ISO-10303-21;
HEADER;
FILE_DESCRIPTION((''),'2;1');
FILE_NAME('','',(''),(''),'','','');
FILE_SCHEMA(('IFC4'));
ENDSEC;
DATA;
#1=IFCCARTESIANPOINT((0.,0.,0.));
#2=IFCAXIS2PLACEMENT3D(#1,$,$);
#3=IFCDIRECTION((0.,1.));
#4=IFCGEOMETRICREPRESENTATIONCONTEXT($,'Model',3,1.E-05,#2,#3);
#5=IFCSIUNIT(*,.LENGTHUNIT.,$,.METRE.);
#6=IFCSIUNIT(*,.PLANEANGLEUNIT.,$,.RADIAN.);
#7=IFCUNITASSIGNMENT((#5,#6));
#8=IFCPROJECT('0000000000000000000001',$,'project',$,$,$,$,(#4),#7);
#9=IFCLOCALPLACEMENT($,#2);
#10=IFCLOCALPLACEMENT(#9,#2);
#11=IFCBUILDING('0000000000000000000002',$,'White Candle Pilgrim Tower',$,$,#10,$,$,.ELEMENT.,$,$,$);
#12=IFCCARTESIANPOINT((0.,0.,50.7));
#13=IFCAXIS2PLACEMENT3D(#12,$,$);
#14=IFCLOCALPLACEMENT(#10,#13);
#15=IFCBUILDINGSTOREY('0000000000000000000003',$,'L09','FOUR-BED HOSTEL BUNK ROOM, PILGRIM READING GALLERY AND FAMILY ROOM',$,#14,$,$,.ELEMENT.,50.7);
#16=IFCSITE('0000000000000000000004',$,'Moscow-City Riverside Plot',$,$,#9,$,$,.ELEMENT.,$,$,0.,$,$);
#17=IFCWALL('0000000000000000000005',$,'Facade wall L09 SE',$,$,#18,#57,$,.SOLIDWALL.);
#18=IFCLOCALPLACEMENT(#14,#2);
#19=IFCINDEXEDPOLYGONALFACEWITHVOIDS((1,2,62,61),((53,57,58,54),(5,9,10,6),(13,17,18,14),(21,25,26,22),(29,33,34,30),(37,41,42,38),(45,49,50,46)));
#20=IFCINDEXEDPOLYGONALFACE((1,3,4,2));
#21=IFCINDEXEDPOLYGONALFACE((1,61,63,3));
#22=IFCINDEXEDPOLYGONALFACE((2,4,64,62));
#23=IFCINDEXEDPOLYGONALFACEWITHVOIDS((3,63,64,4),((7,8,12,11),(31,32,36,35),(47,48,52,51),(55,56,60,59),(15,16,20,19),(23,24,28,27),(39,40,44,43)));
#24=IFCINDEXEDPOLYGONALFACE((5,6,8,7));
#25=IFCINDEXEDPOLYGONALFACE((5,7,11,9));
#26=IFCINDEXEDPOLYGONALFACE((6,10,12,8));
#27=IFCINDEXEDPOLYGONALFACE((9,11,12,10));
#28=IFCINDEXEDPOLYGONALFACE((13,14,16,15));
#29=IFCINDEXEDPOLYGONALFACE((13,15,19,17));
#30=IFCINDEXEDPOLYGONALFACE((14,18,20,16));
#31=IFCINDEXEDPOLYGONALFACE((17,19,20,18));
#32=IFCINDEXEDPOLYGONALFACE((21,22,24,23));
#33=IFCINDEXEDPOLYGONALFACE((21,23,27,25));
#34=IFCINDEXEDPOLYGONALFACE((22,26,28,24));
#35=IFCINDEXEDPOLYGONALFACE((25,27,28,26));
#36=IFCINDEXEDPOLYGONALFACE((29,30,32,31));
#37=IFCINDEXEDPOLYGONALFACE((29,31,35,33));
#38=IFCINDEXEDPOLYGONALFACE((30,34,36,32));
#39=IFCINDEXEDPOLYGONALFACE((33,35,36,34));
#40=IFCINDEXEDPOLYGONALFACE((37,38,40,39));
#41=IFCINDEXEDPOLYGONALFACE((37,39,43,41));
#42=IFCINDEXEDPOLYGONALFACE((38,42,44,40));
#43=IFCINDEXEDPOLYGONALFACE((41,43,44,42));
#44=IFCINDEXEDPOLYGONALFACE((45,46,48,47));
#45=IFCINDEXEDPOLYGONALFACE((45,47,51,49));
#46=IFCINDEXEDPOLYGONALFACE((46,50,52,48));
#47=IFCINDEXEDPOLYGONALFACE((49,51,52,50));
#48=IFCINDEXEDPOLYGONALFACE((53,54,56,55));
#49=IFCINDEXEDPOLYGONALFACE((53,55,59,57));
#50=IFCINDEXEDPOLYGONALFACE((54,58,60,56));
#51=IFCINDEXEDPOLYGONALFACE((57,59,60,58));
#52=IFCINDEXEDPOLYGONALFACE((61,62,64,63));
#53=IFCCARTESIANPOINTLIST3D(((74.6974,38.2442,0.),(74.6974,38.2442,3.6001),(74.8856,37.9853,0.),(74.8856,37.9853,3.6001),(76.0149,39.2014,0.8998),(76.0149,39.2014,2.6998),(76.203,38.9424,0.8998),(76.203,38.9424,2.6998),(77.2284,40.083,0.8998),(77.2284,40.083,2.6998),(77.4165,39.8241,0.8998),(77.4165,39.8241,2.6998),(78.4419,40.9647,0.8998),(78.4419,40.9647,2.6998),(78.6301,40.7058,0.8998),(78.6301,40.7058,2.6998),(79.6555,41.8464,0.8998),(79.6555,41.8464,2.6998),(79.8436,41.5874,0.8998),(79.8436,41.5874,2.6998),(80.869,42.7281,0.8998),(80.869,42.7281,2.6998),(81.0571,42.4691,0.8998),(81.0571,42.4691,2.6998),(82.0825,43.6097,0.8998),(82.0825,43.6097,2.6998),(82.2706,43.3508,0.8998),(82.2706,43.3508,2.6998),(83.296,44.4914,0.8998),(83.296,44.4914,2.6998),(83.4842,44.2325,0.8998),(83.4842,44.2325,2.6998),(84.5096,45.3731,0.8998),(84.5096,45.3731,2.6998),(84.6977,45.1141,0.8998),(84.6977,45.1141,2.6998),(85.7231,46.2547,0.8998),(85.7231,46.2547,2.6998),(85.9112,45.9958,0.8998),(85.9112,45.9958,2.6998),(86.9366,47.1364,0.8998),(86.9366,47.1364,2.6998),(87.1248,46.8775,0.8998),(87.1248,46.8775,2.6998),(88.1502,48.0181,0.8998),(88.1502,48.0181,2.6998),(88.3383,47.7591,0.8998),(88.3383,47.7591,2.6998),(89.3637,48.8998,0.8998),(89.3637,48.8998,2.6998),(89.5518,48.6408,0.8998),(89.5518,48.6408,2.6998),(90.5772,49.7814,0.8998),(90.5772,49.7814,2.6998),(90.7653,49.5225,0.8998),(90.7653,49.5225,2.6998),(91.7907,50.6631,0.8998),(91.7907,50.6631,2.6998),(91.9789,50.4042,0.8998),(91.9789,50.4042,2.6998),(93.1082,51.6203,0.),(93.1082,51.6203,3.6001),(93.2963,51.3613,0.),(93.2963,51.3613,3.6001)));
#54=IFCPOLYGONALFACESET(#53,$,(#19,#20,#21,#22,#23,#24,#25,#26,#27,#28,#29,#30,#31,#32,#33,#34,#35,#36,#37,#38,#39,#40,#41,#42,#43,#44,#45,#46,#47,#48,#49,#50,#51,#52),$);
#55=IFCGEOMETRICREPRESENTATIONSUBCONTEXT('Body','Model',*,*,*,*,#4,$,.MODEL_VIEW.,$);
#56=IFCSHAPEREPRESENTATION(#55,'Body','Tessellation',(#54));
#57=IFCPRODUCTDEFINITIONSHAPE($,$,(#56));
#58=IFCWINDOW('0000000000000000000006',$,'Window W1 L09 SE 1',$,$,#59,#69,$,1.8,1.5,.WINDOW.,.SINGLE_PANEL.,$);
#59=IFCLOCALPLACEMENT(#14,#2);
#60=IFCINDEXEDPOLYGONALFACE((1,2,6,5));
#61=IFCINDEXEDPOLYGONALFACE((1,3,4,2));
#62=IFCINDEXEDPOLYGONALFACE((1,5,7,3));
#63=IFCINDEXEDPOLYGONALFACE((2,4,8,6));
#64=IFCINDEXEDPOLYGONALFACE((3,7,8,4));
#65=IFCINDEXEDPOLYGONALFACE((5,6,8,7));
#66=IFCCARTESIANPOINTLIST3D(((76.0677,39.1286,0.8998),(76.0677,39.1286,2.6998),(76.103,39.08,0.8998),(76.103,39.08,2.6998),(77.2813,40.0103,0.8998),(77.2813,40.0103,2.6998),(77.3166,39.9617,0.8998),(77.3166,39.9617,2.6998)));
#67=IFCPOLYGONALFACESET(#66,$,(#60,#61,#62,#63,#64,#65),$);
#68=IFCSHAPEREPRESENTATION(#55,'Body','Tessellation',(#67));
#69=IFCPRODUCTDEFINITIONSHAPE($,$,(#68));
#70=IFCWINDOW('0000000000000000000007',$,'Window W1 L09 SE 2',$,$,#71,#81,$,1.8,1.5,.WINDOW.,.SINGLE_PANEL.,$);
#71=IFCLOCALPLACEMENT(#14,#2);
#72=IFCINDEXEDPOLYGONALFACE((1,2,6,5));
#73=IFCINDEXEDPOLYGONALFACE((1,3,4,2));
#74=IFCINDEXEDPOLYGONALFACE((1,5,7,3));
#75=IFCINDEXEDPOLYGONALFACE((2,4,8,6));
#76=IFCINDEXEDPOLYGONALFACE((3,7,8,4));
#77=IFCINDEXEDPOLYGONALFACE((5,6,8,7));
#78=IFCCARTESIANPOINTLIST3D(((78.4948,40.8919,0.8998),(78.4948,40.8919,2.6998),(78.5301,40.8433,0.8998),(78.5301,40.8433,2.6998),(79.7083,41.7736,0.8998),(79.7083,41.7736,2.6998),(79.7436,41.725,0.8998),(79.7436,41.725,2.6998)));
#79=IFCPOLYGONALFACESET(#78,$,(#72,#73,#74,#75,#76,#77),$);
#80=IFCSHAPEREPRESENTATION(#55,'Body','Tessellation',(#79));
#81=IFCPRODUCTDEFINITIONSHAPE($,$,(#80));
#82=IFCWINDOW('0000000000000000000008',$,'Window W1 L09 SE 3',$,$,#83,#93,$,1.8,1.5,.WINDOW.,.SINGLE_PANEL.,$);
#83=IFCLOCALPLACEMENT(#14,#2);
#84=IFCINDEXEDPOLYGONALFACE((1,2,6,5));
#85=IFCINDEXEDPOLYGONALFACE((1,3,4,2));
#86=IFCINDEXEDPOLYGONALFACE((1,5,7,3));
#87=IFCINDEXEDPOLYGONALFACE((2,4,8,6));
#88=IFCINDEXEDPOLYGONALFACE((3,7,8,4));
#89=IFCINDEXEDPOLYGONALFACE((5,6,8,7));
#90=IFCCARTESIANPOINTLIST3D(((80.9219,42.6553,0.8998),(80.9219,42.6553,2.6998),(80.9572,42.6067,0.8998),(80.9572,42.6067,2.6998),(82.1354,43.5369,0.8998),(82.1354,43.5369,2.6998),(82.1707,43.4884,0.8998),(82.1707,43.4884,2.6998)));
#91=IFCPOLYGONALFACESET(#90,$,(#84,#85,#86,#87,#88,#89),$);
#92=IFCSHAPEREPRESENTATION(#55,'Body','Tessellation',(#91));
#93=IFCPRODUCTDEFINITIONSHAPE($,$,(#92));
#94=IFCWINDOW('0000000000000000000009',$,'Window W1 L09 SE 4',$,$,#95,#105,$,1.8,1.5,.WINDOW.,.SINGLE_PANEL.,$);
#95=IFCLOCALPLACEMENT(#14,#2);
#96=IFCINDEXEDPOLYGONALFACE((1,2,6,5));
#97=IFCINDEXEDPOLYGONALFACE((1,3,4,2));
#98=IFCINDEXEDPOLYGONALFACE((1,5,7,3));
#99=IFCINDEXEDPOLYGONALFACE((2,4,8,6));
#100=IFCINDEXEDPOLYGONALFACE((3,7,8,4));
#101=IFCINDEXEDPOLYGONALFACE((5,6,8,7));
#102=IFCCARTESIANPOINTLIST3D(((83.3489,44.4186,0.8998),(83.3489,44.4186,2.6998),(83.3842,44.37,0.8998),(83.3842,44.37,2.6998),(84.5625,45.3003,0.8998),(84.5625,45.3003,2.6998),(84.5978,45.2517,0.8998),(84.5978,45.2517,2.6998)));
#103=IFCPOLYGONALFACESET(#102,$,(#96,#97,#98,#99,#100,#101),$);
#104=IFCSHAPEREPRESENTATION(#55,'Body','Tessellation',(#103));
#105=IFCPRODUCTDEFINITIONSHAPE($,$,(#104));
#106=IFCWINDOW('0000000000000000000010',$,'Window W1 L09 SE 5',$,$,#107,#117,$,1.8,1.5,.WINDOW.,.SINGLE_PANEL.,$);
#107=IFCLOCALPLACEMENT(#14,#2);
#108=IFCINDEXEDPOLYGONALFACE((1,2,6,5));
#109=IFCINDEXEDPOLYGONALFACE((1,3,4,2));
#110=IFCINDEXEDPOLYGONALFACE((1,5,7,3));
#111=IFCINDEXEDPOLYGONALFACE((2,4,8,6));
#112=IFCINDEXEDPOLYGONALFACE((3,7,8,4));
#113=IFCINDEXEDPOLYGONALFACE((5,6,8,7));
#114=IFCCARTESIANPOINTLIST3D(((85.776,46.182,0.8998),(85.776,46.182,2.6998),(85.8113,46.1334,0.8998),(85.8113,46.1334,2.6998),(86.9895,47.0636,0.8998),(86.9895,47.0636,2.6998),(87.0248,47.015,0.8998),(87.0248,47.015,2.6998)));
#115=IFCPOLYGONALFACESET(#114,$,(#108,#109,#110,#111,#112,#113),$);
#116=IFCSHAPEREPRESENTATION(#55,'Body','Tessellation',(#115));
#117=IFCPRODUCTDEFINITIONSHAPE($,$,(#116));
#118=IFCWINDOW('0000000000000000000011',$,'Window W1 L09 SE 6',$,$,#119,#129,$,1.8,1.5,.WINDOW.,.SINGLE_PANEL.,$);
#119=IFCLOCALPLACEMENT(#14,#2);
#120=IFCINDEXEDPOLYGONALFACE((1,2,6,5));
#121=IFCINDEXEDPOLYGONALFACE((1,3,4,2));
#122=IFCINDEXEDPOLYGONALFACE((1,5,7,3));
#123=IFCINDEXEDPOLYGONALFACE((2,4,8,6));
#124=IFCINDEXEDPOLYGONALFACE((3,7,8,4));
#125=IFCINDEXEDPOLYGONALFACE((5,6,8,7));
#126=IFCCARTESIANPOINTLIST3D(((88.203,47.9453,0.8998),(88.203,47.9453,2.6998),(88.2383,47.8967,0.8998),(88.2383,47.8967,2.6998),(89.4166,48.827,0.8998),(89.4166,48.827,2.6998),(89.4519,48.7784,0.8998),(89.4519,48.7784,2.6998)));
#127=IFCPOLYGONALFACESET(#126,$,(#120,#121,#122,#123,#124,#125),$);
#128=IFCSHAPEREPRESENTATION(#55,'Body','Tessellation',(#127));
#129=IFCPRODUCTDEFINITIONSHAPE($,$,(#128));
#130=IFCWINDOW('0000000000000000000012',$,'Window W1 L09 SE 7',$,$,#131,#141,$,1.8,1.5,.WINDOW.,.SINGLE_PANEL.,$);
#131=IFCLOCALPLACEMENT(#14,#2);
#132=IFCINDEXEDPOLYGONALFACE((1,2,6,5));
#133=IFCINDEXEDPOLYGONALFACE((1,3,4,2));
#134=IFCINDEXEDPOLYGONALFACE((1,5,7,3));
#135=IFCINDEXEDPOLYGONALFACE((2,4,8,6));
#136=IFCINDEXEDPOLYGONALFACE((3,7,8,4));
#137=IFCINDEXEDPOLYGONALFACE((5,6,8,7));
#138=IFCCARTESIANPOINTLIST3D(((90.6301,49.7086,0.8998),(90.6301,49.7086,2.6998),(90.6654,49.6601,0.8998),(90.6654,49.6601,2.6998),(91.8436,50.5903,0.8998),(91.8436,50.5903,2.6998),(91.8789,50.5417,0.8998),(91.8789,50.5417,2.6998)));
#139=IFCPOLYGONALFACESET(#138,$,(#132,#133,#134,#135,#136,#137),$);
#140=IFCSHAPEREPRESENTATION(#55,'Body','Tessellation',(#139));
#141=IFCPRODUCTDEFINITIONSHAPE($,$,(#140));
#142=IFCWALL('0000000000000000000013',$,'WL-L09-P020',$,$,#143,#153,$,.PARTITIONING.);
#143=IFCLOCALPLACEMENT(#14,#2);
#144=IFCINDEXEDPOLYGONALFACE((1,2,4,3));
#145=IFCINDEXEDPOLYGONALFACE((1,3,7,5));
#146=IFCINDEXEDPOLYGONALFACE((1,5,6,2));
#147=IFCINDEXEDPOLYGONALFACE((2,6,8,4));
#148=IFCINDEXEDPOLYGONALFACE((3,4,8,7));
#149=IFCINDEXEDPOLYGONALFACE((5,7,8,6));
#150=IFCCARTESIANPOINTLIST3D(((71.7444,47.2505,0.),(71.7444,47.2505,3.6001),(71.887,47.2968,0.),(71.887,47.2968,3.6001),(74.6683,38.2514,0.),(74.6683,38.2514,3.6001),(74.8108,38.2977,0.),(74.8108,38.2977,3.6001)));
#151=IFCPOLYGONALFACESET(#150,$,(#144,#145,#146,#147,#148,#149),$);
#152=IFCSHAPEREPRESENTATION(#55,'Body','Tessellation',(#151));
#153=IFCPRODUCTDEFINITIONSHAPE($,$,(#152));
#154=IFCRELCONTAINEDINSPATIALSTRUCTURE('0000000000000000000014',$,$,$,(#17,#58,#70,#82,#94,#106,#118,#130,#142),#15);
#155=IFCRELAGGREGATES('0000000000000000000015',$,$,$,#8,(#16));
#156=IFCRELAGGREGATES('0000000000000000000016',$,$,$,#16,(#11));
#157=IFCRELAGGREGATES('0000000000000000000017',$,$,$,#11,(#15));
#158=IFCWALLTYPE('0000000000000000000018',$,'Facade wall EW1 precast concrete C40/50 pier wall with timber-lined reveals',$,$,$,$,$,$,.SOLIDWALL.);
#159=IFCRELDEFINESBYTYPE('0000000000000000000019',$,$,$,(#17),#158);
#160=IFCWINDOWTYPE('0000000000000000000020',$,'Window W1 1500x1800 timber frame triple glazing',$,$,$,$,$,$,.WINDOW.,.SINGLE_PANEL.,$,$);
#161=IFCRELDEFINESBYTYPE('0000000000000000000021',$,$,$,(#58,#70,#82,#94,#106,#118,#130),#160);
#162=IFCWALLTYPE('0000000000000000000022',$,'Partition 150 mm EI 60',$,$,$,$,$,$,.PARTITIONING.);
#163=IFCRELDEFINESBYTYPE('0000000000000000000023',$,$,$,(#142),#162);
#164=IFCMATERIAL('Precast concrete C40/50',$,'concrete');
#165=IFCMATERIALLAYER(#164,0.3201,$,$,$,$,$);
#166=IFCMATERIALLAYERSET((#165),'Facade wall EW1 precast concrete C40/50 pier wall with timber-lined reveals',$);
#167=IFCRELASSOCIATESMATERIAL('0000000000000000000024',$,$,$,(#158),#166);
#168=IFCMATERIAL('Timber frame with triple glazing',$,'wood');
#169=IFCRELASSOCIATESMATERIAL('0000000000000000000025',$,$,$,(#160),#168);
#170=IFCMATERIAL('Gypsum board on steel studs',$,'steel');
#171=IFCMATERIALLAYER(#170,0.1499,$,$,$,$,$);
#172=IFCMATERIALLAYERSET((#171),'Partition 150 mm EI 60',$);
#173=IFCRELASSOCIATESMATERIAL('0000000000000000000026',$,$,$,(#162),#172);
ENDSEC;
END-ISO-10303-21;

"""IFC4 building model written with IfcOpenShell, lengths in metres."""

from ifc_helpers import new_model, si_unit, direction, frame, frame_2d, origin, place, context, subcontext, project, spatial, rectangle, extrude, material, layer, layer_set, type_object, element, fill, save


model = new_model("IFC4")

# Units and contexts
model_context = context("Model", 3, precision=1e-05, world=origin(), true_north=direction((0.0, 1.0)))
body_context = subcontext(model_context, "Body", "Model", "MODEL_VIEW")
ifc_project = project(units=[si_unit("LENGTHUNIT", "METRE"), si_unit("PLANEANGLEUNIT", "RADIAN")], contexts=[model_context])

# Site, building, storey
site_placement = place(None, origin())
site = spatial("IfcSite", under=ifc_project, at=site_placement, Name="Moscow-City Riverside Plot", CompositionType="ELEMENT", RefElevation=0.0)
building_placement = place(site_placement, origin())
building = spatial("IfcBuilding", under=site, at=building_placement, Name="White Candle Pilgrim Tower", CompositionType="ELEMENT")
storey_placement = place(building_placement, frame((0.0, 0.0, 50.7)))
storey = spatial("IfcBuildingStorey", under=building, at=storey_placement, Name="L09", Description="FOUR-BED HOSTEL BUNK ROOM, PILGRIM READING GALLERY AND FAMILY ROOM", CompositionType="ELEMENT", Elevation=50.7)

# Wall, openings, windows
ifc_material_1 = material(Name="Precast concrete C40/50", Category="concrete")
ifc_layer_1 = layer(ifc_material_1, 0.3201)
ifc_layer_set_1 = layer_set([ifc_layer_1], Name="Facade wall EW1 precast concrete C40/50 pier wall with timber-lined reveals")
wall_type_1 = type_object("IfcWallType", Name="Facade wall EW1 precast concrete C40/50 pier wall with timber-lined reveals", PredefinedType="SOLIDWALL", material=ifc_layer_set_1)
wall_1_placement = place(storey_placement, frame((74.7915, 38.1147, 0.0), z_axis=(0.0, 0.0, 1.0), x_axis=(0.80902, 0.587781, 0.0)))
wall_1 = element("IfcWall", 1, at=wall_1_placement, inside=storey, type_object=wall_type_1, Name="Facade wall L09 SE", PredefinedType="SOLIDWALL", context=body_context, shape_type="SweptSolid", body=[
    extrude(rectangle(XDim=22.7568, YDim=0.3201, at=frame_2d((11.3784, 0.0))), origin(), (0.0, 0.0, 1.0), 3.6001),
])
opening_1_placement = place(wall_1_placement, frame((1.6284, 0.0, 0.8999)))
opening_1 = element("IfcOpeningElement", 2, at=opening_1_placement, cuts=wall_1, PredefinedType="OPENING", context=body_context, shape_type="SweptSolid", body=[
    extrude(rectangle(XDim=1.5, YDim=1.8, at=frame_2d((0.75, 0.8999))), frame((0.0, 0.1699, 0.0), z_axis=(0.0, -1.0, 0.0), x_axis=(1.0, 0.0, 0.0)), (0.0, 0.0, 1.0), 0.3401),
])
opening_2_placement = place(wall_1_placement, frame((4.6284, 0.0, 0.8999)))
opening_2 = element("IfcOpeningElement", 3, at=opening_2_placement, cuts=wall_1, PredefinedType="OPENING", context=body_context, shape_type="SweptSolid", body=[
    extrude(rectangle(XDim=1.5, YDim=1.8, at=frame_2d((0.75, 0.8999))), frame((0.0, 0.1699, 0.0), z_axis=(0.0, -1.0, 0.0), x_axis=(1.0, 0.0, 0.0)), (0.0, 0.0, 1.0), 0.3401),
])
opening_3_placement = place(wall_1_placement, frame((7.6284, 0.0, 0.8999)))
opening_3 = element("IfcOpeningElement", 4, at=opening_3_placement, cuts=wall_1, PredefinedType="OPENING", context=body_context, shape_type="SweptSolid", body=[
    extrude(rectangle(XDim=1.5, YDim=1.8, at=frame_2d((0.75, 0.8999))), frame((0.0, 0.1699, 0.0), z_axis=(0.0, -1.0, 0.0), x_axis=(1.0, 0.0, 0.0)), (0.0, 0.0, 1.0), 0.3401),
])
opening_4_placement = place(wall_1_placement, frame((10.6284, 0.0, 0.8999)))
opening_4 = element("IfcOpeningElement", 5, at=opening_4_placement, cuts=wall_1, PredefinedType="OPENING", context=body_context, shape_type="SweptSolid", body=[
    extrude(rectangle(XDim=1.5, YDim=1.8, at=frame_2d((0.75, 0.8999))), frame((0.0, 0.1699, 0.0), z_axis=(0.0, -1.0, 0.0), x_axis=(1.0, 0.0, 0.0)), (0.0, 0.0, 1.0), 0.3401),
])
opening_5_placement = place(wall_1_placement, frame((13.6284, 0.0, 0.8999)))
opening_5 = element("IfcOpeningElement", 6, at=opening_5_placement, cuts=wall_1, PredefinedType="OPENING", context=body_context, shape_type="SweptSolid", body=[
    extrude(rectangle(XDim=1.5, YDim=1.8, at=frame_2d((0.75, 0.8999))), frame((0.0, 0.1699, 0.0), z_axis=(0.0, -1.0, 0.0), x_axis=(1.0, 0.0, 0.0)), (0.0, 0.0, 1.0), 0.3401),
])
opening_6_placement = place(wall_1_placement, frame((16.6284, 0.0, 0.8999)))
opening_6 = element("IfcOpeningElement", 7, at=opening_6_placement, cuts=wall_1, PredefinedType="OPENING", context=body_context, shape_type="SweptSolid", body=[
    extrude(rectangle(XDim=1.5, YDim=1.8, at=frame_2d((0.75, 0.8999))), frame((0.0, 0.1699, 0.0), z_axis=(0.0, -1.0, 0.0), x_axis=(1.0, 0.0, 0.0)), (0.0, 0.0, 1.0), 0.3401),
])
opening_7_placement = place(wall_1_placement, frame((19.6284, 0.0, 0.8999)))
opening_7 = element("IfcOpeningElement", 8, at=opening_7_placement, cuts=wall_1, PredefinedType="OPENING", context=body_context, shape_type="SweptSolid", body=[
    extrude(rectangle(XDim=1.5, YDim=1.8, at=frame_2d((0.75, 0.8999))), frame((0.0, 0.1699, 0.0), z_axis=(0.0, -1.0, 0.0), x_axis=(1.0, 0.0, 0.0)), (0.0, 0.0, 1.0), 0.3401),
])
ifc_material_2 = material(Name="Timber frame with triple glazing", Category="wood")
window_type = type_object("IfcWindowType", Name="Window W1 1500x1800 timber frame triple glazing", PartitioningType="SINGLE_PANEL", PredefinedType="WINDOW", material=ifc_material_2)
window_1_placement = place(opening_1_placement, origin())
window_1 = element("IfcWindow", 9, at=window_1_placement, inside=storey, type_object=window_type, Name="Window W1 L09 SE 1", OverallHeight=1.8, OverallWidth=1.5, PartitioningType="SINGLE_PANEL", PredefinedType="WINDOW", context=body_context, shape_type="SweptSolid", body=[
    extrude(rectangle(XDim=1.5, YDim=1.8, at=frame_2d((0.75, 0.8999))), frame((0.0, 0.0701, 0.0), z_axis=(0.0, -1.0, 0.0), x_axis=(1.0, 0.0, 0.0)), (0.0, 0.0, 1.0), 0.0601),
])
fill(opening_1, window_1)
window_2_placement = place(opening_2_placement, origin())
window_2 = element("IfcWindow", 10, at=window_2_placement, inside=storey, type_object=window_type, Name="Window W1 L09 SE 2", OverallHeight=1.8, OverallWidth=1.5, PartitioningType="SINGLE_PANEL", PredefinedType="WINDOW", context=body_context, shape_type="SweptSolid", body=[
    extrude(rectangle(XDim=1.5, YDim=1.8, at=frame_2d((0.75, 0.8999))), frame((0.0, 0.0701, 0.0), z_axis=(0.0, -1.0, 0.0), x_axis=(1.0, 0.0, 0.0)), (0.0, 0.0, 1.0), 0.0601),
])
fill(opening_2, window_2)
window_3_placement = place(opening_3_placement, origin())
window_3 = element("IfcWindow", 11, at=window_3_placement, inside=storey, type_object=window_type, Name="Window W1 L09 SE 3", OverallHeight=1.8, OverallWidth=1.5, PartitioningType="SINGLE_PANEL", PredefinedType="WINDOW", context=body_context, shape_type="SweptSolid", body=[
    extrude(rectangle(XDim=1.5, YDim=1.8, at=frame_2d((0.75, 0.8999))), frame((0.0, 0.0701, 0.0), z_axis=(0.0, -1.0, 0.0), x_axis=(1.0, 0.0, 0.0)), (0.0, 0.0, 1.0), 0.0601),
])
fill(opening_3, window_3)
window_4_placement = place(opening_4_placement, origin())
window_4 = element("IfcWindow", 12, at=window_4_placement, inside=storey, type_object=window_type, Name="Window W1 L09 SE 4", OverallHeight=1.8, OverallWidth=1.5, PartitioningType="SINGLE_PANEL", PredefinedType="WINDOW", context=body_context, shape_type="SweptSolid", body=[
    extrude(rectangle(XDim=1.5, YDim=1.8, at=frame_2d((0.75, 0.8999))), frame((0.0, 0.0701, 0.0), z_axis=(0.0, -1.0, 0.0), x_axis=(1.0, 0.0, 0.0)), (0.0, 0.0, 1.0), 0.0601),
])
fill(opening_4, window_4)
window_5_placement = place(opening_5_placement, origin())
window_5 = element("IfcWindow", 13, at=window_5_placement, inside=storey, type_object=window_type, Name="Window W1 L09 SE 5", OverallHeight=1.8, OverallWidth=1.5, PartitioningType="SINGLE_PANEL", PredefinedType="WINDOW", context=body_context, shape_type="SweptSolid", body=[
    extrude(rectangle(XDim=1.5, YDim=1.8, at=frame_2d((0.75, 0.8999))), frame((0.0, 0.0701, 0.0), z_axis=(0.0, -1.0, 0.0), x_axis=(1.0, 0.0, 0.0)), (0.0, 0.0, 1.0), 0.0601),
])
fill(opening_5, window_5)
window_6_placement = place(opening_6_placement, origin())
window_6 = element("IfcWindow", 14, at=window_6_placement, inside=storey, type_object=window_type, Name="Window W1 L09 SE 6", OverallHeight=1.8, OverallWidth=1.5, PartitioningType="SINGLE_PANEL", PredefinedType="WINDOW", context=body_context, shape_type="SweptSolid", body=[
    extrude(rectangle(XDim=1.5, YDim=1.8, at=frame_2d((0.75, 0.8999))), frame((0.0, 0.0701, 0.0), z_axis=(0.0, -1.0, 0.0), x_axis=(1.0, 0.0, 0.0)), (0.0, 0.0, 1.0), 0.0601),
])
fill(opening_6, window_6)
window_7_placement = place(opening_7_placement, origin())
window_7 = element("IfcWindow", 15, at=window_7_placement, inside=storey, type_object=window_type, Name="Window W1 L09 SE 7", OverallHeight=1.8, OverallWidth=1.5, PartitioningType="SINGLE_PANEL", PredefinedType="WINDOW", context=body_context, shape_type="SweptSolid", body=[
    extrude(rectangle(XDim=1.5, YDim=1.8, at=frame_2d((0.75, 0.8999))), frame((0.0, 0.0701, 0.0), z_axis=(0.0, -1.0, 0.0), x_axis=(1.0, 0.0, 0.0)), (0.0, 0.0, 1.0), 0.0601),
])
fill(opening_7, window_7)

# Wall
ifc_material_3 = material(Name="Gypsum board on steel studs", Category="steel")
ifc_layer_2 = layer(ifc_material_3, 0.1499)
ifc_layer_set_2 = layer_set([ifc_layer_2], Name="Partition 150 mm EI 60")
wall_type_2 = type_object("IfcWallType", Name="Partition 150 mm EI 60", PredefinedType="PARTITIONING", material=ifc_layer_set_2)
wall_2_placement = place(storey_placement, frame((74.7395, 38.2747, 0.0), z_axis=(0.0, 0.0, 1.0), x_axis=(-0.309004, 0.951061, 0.0)))
element("IfcWall", 16, at=wall_2_placement, inside=storey, type_object=wall_type_2, Name="WL-L09-P020", PredefinedType="PARTITIONING", context=body_context, shape_type="SweptSolid", body=[
    extrude(rectangle(XDim=9.4622, YDim=0.1499, at=frame_2d((4.731, 0.0))), origin(), (0.0, 0.0, 1.0), 3.6001),
])

save(model, "model.ifc")
